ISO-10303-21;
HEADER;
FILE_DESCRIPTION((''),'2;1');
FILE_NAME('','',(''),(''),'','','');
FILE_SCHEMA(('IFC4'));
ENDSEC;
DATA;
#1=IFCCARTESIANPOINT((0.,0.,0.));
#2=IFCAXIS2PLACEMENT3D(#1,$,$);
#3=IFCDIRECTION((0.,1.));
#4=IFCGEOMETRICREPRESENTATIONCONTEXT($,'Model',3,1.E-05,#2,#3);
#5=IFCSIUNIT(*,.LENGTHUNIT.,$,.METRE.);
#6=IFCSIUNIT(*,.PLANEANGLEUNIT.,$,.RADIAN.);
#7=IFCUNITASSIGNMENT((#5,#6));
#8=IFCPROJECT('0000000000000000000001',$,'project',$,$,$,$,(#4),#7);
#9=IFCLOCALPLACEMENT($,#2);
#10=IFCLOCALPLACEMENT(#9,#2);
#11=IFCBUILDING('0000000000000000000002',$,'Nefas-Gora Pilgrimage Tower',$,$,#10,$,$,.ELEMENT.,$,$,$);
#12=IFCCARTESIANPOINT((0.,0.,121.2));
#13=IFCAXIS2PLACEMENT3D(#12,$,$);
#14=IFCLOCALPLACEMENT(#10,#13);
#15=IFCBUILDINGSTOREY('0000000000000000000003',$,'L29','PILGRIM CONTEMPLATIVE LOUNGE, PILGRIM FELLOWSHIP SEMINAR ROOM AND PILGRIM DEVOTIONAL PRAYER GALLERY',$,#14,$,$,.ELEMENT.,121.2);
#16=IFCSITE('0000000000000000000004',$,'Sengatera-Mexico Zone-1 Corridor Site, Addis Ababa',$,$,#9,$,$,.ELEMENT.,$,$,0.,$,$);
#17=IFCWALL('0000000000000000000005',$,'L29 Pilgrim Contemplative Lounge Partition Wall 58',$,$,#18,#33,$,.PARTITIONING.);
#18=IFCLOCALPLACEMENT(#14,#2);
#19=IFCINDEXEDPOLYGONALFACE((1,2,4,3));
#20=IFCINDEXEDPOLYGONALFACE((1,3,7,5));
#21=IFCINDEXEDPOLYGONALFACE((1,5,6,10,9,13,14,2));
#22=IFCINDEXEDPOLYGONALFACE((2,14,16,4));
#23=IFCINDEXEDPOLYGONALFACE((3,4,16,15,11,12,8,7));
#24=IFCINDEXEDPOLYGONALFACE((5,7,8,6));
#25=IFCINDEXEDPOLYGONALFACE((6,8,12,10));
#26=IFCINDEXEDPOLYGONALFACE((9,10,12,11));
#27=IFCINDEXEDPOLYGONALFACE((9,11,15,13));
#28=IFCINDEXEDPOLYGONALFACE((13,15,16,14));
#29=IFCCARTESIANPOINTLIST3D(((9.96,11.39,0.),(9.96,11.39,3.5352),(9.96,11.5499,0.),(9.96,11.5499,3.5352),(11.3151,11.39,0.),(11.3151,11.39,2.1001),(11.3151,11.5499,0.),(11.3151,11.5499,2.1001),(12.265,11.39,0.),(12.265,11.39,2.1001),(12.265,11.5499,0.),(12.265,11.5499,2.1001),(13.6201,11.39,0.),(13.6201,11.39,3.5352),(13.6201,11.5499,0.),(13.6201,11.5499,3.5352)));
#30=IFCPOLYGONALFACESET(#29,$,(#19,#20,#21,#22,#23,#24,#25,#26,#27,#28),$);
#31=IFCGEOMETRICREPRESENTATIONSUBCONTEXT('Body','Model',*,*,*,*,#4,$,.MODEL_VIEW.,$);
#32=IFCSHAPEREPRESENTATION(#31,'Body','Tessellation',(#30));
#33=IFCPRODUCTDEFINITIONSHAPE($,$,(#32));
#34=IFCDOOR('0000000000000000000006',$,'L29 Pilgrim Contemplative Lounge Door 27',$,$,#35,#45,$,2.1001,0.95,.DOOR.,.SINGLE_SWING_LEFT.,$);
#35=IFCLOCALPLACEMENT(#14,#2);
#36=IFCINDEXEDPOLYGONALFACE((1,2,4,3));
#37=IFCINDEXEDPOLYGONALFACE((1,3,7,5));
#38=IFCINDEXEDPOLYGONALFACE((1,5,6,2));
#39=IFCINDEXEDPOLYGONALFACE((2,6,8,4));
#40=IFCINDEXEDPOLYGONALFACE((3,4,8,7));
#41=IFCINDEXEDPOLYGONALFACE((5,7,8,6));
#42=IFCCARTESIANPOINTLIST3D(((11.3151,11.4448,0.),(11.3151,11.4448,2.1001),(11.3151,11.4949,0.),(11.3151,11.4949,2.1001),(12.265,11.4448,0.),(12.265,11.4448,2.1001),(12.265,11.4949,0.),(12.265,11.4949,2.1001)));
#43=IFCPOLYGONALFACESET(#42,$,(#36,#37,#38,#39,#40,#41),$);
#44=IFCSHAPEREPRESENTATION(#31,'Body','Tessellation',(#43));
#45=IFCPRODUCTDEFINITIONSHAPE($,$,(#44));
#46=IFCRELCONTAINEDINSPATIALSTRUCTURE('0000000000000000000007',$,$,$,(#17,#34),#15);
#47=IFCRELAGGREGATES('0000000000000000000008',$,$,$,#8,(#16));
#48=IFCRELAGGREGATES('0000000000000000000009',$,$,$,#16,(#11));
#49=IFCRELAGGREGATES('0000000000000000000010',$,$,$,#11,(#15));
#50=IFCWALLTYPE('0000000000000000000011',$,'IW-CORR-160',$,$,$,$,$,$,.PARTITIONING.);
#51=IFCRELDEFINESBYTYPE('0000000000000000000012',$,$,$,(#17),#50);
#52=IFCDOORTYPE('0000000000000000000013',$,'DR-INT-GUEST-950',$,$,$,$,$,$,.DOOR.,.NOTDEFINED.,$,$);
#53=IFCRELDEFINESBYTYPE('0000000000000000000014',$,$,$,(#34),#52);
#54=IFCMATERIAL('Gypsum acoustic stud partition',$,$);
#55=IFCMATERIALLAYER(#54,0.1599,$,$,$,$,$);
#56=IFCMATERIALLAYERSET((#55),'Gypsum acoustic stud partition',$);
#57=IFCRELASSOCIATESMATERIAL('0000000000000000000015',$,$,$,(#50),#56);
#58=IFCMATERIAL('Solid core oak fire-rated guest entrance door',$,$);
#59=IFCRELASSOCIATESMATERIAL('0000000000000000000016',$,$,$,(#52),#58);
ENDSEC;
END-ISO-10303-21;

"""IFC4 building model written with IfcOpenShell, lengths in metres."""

from ifc_helpers import new_model, si_unit, direction, frame, frame_2d, origin, place, context, subcontext, project, spatial, rectangle, extrude, source, transform, mapped, material, layer, layer_set, type_object, element, fill, save


model = new_model("IFC4")

# Units and contexts
model_context = context("Model", 3, precision=1e-05, world=origin(), true_north=direction((0.0, 1.0)))
body_context = subcontext(model_context, "Body", "Model", "MODEL_VIEW")
ifc_project = project(units=[si_unit("LENGTHUNIT", "METRE"), si_unit("PLANEANGLEUNIT", "RADIAN")], contexts=[model_context])

# Site, building, storey
site_placement = place(None, origin())
site = spatial("IfcSite", under=ifc_project, at=site_placement, Name="Sengatera-Mexico Zone-1 Corridor Site, Addis Ababa", CompositionType="ELEMENT", RefElevation=0.0)
building_placement = place(site_placement, origin())
building = spatial("IfcBuilding", under=site, at=building_placement, Name="Nefas-Gora Pilgrimage Tower", CompositionType="ELEMENT")
storey_placement = place(building_placement, frame((0.0, 0.0, 121.2)))
storey = spatial("IfcBuildingStorey", under=building, at=storey_placement, Name="L29", Description="PILGRIM CONTEMPLATIVE LOUNGE, PILGRIM FELLOWSHIP SEMINAR ROOM AND PILGRIM DEVOTIONAL PRAYER GALLERY", CompositionType="ELEMENT", Elevation=121.2)

# Wall, opening, door
ifc_material_1 = material(Name="Gypsum acoustic stud partition")
ifc_layer_1 = layer(ifc_material_1, 0.1599)
ifc_layer_set_1 = layer_set([ifc_layer_1], Name="Gypsum acoustic stud partition")
wall_type_1 = type_object("IfcWallType", Name="IW-CORR-160", PredefinedType="PARTITIONING", material=ifc_layer_set_1)
ifc_material_2 = material(Name="Solid core oak fire-rated guest entrance door")
door_type = type_object("IfcDoorType", Name="DR-INT-GUEST-950", OperationType="NOTDEFINED", PredefinedType="DOOR", material=ifc_material_2)
shared_shape_1 = source(origin(), body_context, "Body", "SweptSolid", [
    extrude(rectangle(XDim=0.95, YDim=2.1001, at=frame_2d((0.4751, 1.05))), frame((0.0, 0.0249, 0.0), z_axis=(0.0, -1.0, 0.0), x_axis=(1.0, 0.0, 0.0)), (0.0, 0.0, 1.0), 0.05),
])
shared_shape_2 = source(origin(), body_context, "Body", "SweptSolid", [
    extrude(rectangle(XDim=3.6602, YDim=0.1599, at=frame_2d((1.8301, 0.0))), origin(), (0.0, 0.0, 1.0), 3.5352),
])
wall_1_placement = place(storey_placement, frame((9.96, 11.47, 0.0), z_axis=(0.0, 0.0, 1.0), x_axis=(1.0, 0.0, 0.0)))
wall_1 = element("IfcWall", 1, at=wall_1_placement, inside=storey, type_object=wall_type_1, Name="L29 Pilgrim Contemplative Lounge Partition Wall 58", PredefinedType="PARTITIONING", context=body_context, shape_type="MappedRepresentation", body=[
    mapped(shared_shape_2, transform((0.0, 0.0, 0.0), x_axis=(1.0, 0.0, 0.0), y_axis=(0.0, 1.0, 0.0), z_axis=(0.0, 0.0, 1.0), scale=1.0)),
])
opening_1_placement = place(wall_1_placement, frame((1.355, 0.0, 0.0)))
opening_1 = element("IfcOpeningElement", 2, at=opening_1_placement, cuts=wall_1, PredefinedType="OPENING", context=body_context, shape_type="SweptSolid", body=[
    extrude(rectangle(XDim=0.95, YDim=2.1001, at=frame_2d((0.4751, 1.05))), frame((0.0, 0.0898, 0.0), z_axis=(0.0, -1.0, 0.0), x_axis=(1.0, 0.0, 0.0)), (0.0, 0.0, 1.0), 0.1799),
])
door_1_placement = place(opening_1_placement, origin())
door_1 = element("IfcDoor", 3, at=door_1_placement, inside=storey, type_object=door_type, Name="L29 Pilgrim Contemplative Lounge Door 27", OperationType="SINGLE_SWING_LEFT", OverallHeight=2.1001, OverallWidth=0.95, PredefinedType="DOOR", context=body_context, shape_type="MappedRepresentation", body=[
    mapped(shared_shape_1, transform((0.0, 0.0, 0.0), x_axis=(1.0, 0.0, 0.0), y_axis=(0.0, 1.0, 0.0), z_axis=(0.0, 0.0, 1.0), scale=1.0)),
])
fill(opening_1, door_1)

save(model, "model.ifc")
